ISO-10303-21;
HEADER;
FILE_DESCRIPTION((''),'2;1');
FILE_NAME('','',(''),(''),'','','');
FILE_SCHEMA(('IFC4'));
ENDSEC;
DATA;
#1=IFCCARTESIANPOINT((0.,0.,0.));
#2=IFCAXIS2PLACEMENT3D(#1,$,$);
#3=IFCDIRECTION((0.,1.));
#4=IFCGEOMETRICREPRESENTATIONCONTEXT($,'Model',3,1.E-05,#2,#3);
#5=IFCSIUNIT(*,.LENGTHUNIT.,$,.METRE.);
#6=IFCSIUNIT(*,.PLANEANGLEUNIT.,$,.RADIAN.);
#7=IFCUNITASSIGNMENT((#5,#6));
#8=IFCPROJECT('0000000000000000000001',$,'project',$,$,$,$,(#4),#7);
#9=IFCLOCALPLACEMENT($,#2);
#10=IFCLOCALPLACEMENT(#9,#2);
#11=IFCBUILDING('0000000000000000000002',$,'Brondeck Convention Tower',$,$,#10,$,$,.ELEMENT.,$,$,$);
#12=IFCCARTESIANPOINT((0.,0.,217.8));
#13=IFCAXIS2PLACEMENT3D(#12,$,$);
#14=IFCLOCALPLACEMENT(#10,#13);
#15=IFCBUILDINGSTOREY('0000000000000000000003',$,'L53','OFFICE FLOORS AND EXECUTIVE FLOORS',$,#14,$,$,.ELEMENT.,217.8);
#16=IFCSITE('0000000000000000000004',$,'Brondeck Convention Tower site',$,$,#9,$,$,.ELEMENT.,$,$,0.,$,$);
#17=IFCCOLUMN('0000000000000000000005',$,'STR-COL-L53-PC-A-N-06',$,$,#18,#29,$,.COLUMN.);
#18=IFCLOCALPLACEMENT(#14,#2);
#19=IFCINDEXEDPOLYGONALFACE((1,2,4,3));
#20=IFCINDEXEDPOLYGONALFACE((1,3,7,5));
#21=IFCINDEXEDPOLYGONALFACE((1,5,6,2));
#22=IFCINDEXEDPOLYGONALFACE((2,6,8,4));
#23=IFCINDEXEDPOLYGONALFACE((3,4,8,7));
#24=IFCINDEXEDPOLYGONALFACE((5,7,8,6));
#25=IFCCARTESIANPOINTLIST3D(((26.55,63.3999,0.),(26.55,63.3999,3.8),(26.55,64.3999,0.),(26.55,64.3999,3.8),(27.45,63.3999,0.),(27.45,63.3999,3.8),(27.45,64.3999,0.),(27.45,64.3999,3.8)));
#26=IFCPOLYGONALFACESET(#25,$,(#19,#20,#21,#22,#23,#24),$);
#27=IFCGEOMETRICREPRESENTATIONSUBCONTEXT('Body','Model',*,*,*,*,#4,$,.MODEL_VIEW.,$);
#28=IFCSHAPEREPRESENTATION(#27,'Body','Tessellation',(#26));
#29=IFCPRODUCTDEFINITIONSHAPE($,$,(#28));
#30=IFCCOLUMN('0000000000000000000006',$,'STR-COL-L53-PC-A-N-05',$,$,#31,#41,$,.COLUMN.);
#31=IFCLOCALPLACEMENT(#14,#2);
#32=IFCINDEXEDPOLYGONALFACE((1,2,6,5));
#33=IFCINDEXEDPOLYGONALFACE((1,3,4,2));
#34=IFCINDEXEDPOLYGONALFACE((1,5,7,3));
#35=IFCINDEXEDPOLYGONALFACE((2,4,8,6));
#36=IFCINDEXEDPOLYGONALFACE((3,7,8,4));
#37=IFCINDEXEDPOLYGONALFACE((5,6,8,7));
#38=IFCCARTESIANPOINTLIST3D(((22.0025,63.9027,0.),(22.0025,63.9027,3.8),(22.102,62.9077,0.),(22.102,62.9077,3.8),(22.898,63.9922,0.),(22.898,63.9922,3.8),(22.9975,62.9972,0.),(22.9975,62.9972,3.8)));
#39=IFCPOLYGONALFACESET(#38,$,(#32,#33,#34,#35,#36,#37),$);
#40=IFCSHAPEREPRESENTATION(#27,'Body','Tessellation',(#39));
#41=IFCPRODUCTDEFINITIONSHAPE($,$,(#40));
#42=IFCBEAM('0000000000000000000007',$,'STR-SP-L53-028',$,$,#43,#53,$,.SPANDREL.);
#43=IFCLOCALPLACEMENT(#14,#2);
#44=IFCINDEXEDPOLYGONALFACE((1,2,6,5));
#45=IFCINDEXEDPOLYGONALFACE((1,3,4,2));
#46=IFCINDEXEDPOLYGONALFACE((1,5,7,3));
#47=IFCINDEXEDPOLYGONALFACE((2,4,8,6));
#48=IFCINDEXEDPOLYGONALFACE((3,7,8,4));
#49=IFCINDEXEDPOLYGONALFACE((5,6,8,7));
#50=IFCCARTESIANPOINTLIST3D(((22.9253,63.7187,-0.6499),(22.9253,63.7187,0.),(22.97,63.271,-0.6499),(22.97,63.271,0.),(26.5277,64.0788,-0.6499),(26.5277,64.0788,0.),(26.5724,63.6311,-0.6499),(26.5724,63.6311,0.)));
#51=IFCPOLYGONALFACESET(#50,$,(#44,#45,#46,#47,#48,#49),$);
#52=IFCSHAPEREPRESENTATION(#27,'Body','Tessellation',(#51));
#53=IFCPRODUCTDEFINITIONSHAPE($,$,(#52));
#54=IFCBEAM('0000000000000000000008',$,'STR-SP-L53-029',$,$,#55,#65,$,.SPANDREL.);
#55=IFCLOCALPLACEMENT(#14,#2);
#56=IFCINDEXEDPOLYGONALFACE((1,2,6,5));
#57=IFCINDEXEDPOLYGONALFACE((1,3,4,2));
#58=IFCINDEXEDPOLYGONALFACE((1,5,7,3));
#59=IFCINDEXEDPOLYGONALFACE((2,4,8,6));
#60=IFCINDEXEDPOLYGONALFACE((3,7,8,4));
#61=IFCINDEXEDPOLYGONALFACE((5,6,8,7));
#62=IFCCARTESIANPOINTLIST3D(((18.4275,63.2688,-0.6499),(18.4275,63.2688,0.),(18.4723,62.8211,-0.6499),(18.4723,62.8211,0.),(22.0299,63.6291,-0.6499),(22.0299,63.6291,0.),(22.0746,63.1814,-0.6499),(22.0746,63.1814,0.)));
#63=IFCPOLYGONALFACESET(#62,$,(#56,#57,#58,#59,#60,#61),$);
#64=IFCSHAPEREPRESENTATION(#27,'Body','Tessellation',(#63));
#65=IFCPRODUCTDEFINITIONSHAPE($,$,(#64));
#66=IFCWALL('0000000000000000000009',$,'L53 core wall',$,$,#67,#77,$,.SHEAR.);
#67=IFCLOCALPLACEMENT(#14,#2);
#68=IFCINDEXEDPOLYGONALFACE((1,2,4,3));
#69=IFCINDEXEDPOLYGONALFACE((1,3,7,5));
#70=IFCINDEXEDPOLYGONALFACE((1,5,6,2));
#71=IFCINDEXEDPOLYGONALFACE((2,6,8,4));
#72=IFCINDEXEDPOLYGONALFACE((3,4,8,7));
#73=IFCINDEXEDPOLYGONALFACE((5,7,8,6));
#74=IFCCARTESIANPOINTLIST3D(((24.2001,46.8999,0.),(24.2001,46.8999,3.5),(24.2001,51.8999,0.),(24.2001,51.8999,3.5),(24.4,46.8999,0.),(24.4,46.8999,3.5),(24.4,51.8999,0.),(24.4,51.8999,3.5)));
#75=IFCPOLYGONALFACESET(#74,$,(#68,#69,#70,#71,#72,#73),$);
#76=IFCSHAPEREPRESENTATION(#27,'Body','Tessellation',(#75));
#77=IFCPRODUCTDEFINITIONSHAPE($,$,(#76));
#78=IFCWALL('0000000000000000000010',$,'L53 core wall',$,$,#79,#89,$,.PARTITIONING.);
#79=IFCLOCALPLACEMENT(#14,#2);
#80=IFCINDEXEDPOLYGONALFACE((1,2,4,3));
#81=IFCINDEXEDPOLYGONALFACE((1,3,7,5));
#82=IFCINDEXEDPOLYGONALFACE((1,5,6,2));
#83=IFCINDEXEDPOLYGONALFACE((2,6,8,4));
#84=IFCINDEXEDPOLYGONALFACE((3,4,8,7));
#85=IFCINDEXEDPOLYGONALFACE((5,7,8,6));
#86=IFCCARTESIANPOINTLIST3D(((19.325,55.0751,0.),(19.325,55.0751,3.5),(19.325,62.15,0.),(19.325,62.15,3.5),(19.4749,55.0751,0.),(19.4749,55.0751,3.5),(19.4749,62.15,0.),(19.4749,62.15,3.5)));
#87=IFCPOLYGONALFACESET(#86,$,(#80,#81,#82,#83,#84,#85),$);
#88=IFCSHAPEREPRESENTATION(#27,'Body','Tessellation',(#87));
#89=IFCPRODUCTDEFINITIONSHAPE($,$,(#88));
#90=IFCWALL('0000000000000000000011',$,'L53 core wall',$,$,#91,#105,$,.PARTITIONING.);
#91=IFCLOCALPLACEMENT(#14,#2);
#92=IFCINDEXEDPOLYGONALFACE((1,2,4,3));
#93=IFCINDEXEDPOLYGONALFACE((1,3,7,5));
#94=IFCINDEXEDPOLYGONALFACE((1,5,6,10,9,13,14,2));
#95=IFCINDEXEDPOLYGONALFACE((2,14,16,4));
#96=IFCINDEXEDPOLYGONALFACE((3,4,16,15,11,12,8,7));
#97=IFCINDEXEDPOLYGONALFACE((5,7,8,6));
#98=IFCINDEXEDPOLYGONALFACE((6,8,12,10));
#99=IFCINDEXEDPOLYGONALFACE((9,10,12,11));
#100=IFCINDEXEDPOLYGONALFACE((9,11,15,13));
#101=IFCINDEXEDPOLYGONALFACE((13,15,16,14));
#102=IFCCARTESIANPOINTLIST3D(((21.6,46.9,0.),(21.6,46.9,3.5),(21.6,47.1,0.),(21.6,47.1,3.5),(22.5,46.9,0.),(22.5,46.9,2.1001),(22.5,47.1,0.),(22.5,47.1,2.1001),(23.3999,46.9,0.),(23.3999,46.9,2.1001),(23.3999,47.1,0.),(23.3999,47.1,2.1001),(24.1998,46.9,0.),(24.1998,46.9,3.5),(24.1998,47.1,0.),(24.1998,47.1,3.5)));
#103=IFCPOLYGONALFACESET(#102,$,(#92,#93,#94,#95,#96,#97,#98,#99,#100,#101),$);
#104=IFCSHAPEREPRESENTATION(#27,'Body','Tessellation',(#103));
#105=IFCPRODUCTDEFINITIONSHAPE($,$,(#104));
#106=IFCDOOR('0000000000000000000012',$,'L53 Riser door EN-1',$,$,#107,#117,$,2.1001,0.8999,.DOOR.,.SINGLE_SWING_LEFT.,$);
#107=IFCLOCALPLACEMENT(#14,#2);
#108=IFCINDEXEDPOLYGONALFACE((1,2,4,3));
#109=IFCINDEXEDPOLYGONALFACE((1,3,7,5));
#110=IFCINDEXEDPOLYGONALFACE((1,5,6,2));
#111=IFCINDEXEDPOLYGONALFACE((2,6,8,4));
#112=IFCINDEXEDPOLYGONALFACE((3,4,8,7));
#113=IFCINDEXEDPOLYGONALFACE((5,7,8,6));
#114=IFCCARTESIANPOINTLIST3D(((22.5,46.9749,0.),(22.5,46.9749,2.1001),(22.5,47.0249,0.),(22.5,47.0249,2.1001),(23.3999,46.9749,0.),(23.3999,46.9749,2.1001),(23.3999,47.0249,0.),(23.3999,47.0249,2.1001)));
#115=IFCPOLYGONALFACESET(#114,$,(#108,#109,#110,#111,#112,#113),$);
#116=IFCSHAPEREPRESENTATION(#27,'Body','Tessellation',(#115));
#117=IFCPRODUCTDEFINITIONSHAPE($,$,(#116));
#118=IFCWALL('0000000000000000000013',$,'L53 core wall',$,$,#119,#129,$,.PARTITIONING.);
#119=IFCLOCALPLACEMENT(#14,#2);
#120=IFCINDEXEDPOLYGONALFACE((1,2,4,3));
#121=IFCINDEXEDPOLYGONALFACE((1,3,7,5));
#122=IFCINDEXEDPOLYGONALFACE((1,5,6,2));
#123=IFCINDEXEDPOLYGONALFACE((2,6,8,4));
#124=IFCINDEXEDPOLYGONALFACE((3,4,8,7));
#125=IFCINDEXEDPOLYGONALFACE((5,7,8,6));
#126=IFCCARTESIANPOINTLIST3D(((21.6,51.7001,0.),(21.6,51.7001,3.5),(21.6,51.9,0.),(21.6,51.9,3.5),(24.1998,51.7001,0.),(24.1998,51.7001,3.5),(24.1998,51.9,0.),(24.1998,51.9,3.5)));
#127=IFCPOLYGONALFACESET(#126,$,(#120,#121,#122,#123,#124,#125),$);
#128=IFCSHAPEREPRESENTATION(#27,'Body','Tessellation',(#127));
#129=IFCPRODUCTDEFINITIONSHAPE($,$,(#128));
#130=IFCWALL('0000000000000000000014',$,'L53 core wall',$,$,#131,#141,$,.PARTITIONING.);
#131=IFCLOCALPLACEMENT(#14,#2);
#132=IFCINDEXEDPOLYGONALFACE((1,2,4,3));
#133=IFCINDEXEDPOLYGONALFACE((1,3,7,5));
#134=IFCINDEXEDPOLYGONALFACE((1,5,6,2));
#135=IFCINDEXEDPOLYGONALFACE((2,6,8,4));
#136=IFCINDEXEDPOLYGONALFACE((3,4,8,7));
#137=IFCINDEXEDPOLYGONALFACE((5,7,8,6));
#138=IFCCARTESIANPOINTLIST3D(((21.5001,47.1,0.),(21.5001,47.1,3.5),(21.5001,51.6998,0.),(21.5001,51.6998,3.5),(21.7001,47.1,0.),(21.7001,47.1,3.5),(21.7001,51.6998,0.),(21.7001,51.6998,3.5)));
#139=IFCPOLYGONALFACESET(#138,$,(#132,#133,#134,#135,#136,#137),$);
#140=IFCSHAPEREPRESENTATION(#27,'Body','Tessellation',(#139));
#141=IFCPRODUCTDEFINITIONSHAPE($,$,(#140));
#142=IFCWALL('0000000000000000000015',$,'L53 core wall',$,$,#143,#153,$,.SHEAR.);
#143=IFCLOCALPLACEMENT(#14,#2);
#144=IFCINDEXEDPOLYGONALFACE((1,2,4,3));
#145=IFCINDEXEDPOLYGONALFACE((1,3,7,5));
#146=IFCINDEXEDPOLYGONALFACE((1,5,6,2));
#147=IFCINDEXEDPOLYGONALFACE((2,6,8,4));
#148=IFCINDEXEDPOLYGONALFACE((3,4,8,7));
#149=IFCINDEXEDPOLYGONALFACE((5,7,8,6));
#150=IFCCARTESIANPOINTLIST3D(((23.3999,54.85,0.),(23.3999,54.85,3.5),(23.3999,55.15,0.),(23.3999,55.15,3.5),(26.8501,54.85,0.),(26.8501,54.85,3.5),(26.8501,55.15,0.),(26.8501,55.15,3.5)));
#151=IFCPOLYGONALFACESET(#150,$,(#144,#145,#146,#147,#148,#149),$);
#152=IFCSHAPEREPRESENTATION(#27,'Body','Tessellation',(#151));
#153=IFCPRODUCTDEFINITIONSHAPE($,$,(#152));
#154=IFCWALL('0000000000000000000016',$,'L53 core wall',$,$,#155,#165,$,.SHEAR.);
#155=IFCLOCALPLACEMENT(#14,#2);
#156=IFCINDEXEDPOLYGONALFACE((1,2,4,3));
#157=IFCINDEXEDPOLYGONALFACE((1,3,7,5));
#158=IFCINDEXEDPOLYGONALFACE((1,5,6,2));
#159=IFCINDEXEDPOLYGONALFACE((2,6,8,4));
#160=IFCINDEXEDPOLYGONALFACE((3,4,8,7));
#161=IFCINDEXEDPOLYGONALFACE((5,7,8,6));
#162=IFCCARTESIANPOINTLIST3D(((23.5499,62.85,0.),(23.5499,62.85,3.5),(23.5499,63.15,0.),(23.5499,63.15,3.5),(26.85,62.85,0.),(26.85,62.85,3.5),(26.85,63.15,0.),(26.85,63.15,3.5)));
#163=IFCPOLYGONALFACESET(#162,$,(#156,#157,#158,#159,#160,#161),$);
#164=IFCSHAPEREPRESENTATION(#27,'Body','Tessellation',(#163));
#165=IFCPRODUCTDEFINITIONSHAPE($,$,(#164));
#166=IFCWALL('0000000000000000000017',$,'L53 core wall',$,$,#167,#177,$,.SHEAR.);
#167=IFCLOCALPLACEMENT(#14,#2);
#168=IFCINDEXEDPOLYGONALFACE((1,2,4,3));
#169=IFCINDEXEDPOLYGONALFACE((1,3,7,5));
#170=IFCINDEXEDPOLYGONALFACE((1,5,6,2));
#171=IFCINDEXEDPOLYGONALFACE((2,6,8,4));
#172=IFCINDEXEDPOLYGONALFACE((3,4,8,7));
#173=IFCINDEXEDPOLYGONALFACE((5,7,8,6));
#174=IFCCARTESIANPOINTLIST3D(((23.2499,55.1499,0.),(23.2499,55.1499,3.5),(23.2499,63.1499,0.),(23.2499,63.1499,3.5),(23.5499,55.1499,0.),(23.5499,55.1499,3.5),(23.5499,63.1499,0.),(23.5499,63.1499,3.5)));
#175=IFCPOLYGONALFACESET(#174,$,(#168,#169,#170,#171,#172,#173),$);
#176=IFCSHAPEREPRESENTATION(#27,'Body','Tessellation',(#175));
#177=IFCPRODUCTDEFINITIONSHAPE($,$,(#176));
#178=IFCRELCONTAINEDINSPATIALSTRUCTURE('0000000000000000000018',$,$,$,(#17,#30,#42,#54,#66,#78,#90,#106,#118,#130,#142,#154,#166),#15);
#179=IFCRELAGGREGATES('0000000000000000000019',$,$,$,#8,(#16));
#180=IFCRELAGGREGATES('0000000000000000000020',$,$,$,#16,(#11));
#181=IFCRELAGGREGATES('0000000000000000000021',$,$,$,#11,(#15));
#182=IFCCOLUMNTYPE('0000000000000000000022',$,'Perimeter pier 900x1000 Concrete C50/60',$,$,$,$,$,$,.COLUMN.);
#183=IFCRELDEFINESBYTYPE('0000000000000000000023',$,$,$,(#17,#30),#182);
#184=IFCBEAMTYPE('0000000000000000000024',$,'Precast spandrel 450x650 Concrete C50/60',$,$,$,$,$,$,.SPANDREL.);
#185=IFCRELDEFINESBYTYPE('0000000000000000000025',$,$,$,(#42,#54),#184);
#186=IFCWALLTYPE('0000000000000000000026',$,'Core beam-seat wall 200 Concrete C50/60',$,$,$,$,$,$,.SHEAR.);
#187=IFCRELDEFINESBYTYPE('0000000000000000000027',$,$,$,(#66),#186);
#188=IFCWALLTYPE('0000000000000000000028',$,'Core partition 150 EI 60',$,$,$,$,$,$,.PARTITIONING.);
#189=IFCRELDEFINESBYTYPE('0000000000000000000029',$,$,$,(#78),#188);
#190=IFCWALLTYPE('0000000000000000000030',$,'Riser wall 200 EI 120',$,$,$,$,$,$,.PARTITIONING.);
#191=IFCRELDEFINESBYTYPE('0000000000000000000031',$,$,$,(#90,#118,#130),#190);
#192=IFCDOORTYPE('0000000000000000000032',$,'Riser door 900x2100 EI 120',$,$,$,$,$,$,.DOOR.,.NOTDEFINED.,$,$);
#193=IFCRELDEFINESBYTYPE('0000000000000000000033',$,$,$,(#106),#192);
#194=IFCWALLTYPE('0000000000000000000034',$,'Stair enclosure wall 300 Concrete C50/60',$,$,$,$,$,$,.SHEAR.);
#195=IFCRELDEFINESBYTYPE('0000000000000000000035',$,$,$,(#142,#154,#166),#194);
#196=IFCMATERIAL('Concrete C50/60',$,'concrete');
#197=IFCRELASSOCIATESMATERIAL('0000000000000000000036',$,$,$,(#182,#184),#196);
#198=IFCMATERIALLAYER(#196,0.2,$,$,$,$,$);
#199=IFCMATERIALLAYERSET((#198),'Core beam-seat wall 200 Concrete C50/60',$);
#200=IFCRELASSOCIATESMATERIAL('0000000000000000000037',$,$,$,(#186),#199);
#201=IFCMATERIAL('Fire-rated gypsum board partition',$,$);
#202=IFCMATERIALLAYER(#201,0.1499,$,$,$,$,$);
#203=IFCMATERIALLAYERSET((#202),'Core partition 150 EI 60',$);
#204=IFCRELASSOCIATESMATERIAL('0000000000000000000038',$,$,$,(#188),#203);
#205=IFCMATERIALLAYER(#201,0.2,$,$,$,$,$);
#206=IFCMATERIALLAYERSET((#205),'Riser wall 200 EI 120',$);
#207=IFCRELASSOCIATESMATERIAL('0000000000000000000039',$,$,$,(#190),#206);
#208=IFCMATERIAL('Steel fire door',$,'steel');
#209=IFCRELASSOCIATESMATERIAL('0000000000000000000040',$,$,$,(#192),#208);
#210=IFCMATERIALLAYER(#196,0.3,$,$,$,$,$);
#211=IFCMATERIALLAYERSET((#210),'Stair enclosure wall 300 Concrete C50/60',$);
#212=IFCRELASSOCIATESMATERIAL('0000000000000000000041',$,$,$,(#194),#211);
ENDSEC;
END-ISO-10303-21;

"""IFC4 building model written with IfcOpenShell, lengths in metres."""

from ifc_helpers import new_model, si_unit, direction, frame, frame_2d, origin, origin_2d, place, context, subcontext, project, spatial, rectangle, extrude, material, layer, layer_set, material_profile, profile_set, type_object, element, fill, save


model = new_model("IFC4")

# Units and contexts
model_context = context("Model", 3, precision=1e-05, world=origin(), true_north=direction((0.0, 1.0)))
body_context = subcontext(model_context, "Body", "Model", "MODEL_VIEW")
ifc_project = project(units=[si_unit("LENGTHUNIT", "METRE"), si_unit("PLANEANGLEUNIT", "RADIAN")], contexts=[model_context])

# Site, building, storey
site_placement = place(None, origin())
site = spatial("IfcSite", under=ifc_project, at=site_placement, Name="Brondeck Convention Tower site", CompositionType="ELEMENT", RefElevation=0.0)
building_placement = place(site_placement, origin())
building = spatial("IfcBuilding", under=site, at=building_placement, Name="Brondeck Convention Tower", CompositionType="ELEMENT")
storey_placement = place(building_placement, frame((0.0, 0.0, 217.8)))
storey = spatial("IfcBuildingStorey", under=building, at=storey_placement, Name="L53", Description="OFFICE FLOORS AND EXECUTIVE FLOORS", CompositionType="ELEMENT", Elevation=217.8)

# Columns
ifc_material_1 = material(Name="Concrete C50/60", Category="concrete")
ifc_material_profile_1 = material_profile(ifc_material_1, rectangle(XDim=0.8999, YDim=1.0, at=origin_2d()), Name="Perimeter pier 900x1000 Concrete C50/60")
ifc_profile_set_1 = profile_set([ifc_material_profile_1], Name="Concrete C50/60")
column_type = type_object("IfcColumnType", Name="Perimeter pier 900x1000 Concrete C50/60", PredefinedType="COLUMN", material=ifc_profile_set_1)
for number, where, z_axis, x_axis, name in (
    (1, (27.0, 63.8999, 0.0), (0.0, 0.0, 1.0), (-1.0, 0.0, 0.0), "STR-COL-L53-PC-A-N-06"),
    (2, (22.5, 63.45, 0.0), (0.0, 0.0, 1.0), (-0.995037, -0.099504, 0.0), "STR-COL-L53-PC-A-N-05"),
):
    element("IfcColumn", number, at=place(storey_placement, frame(where, z_axis=z_axis, x_axis=x_axis)), inside=storey, type_object=column_type, Name=name, PredefinedType="COLUMN", context=body_context, shape_type="SweptSolid", body=[
        extrude(rectangle(XDim=0.8999, YDim=1.0, at=origin_2d()), origin(), (0.0, 0.0, 1.0), 3.8),
    ])

# Beams
ifc_material_profile_2 = material_profile(ifc_material_1, rectangle(XDim=0.45, YDim=0.6499, at=origin_2d()), Name="Precast spandrel 450x650 Concrete C50/60")
ifc_profile_set_2 = profile_set([ifc_material_profile_2], Name="Concrete C50/60")
beam_type = type_object("IfcBeamType", Name="Precast spandrel 450x650 Concrete C50/60", PredefinedType="SPANDREL", material=ifc_profile_set_2)
for number, where, z_axis, x_axis, name in (
    (3, (26.55, 63.855, -0.325), (-0.995041, -0.09947, 0.0), (0.09947, -0.995041, 0.0), "STR-SP-L53-028"),
    (4, (22.0522, 63.4053, -0.325), (-0.995034, -0.099537, 0.0), (0.099537, -0.995034, 0.0), "STR-SP-L53-029"),
):
    element("IfcBeam", number, at=place(storey_placement, frame(where, z_axis=z_axis, x_axis=x_axis)), inside=storey, type_object=beam_type, Name=name, PredefinedType="SPANDREL", context=body_context, shape_type="SweptSolid", body=[
        extrude(rectangle(XDim=0.45, YDim=0.6499, at=origin_2d()), origin(), (0.0, 0.0, 1.0), 3.6204),
    ])

# Walls
ifc_layer_1 = layer(ifc_material_1, 0.2)
ifc_layer_set_1 = layer_set([ifc_layer_1], Name="Core beam-seat wall 200 Concrete C50/60")
wall_type_1 = type_object("IfcWallType", Name="Core beam-seat wall 200 Concrete C50/60", PredefinedType="SHEAR", material=ifc_layer_set_1)
wall_1_placement = place(storey_placement, frame((24.3, 46.8999, 0.0), z_axis=(0.0, 0.0, 1.0), x_axis=(0.0, 1.0, 0.0)))
element("IfcWall", 5, at=wall_1_placement, inside=storey, type_object=wall_type_1, Name="L53 core wall", PredefinedType="SHEAR", context=body_context, shape_type="SweptSolid", body=[
    extrude(rectangle(XDim=5.0, YDim=0.2, at=frame_2d((2.5, 0.0))), origin(), (0.0, 0.0, 1.0), 3.5),
])
ifc_material_2 = material(Name="Fire-rated gypsum board partition")
ifc_layer_2 = layer(ifc_material_2, 0.1499)
ifc_layer_set_2 = layer_set([ifc_layer_2], Name="Core partition 150 EI 60")
wall_type_2 = type_object("IfcWallType", Name="Core partition 150 EI 60", PredefinedType="PARTITIONING", material=ifc_layer_set_2)
wall_2_placement = place(storey_placement, frame((19.3999, 55.075, 0.0), z_axis=(0.0, 0.0, 1.0), x_axis=(0.0, 1.0, 0.0)))
element("IfcWall", 6, at=wall_2_placement, inside=storey, type_object=wall_type_2, Name="L53 core wall", PredefinedType="PARTITIONING", context=body_context, shape_type="SweptSolid", body=[
    extrude(rectangle(XDim=7.075, YDim=0.1499, at=frame_2d((3.5376, 0.0))), origin(), (0.0, 0.0, 1.0), 3.5),
])

# Wall, opening, door
ifc_layer_3 = layer(ifc_material_2, 0.2)
ifc_layer_set_3 = layer_set([ifc_layer_3], Name="Riser wall 200 EI 120")
wall_type_3 = type_object("IfcWallType", Name="Riser wall 200 EI 120", PredefinedType="PARTITIONING", material=ifc_layer_set_3)
wall_3_placement = place(storey_placement, frame((21.6001, 47.0, 0.0), z_axis=(0.0, 0.0, 1.0), x_axis=(1.0, 0.0, 0.0)))
wall_3 = element("IfcWall", 7, at=wall_3_placement, inside=storey, type_object=wall_type_3, Name="L53 core wall", PredefinedType="PARTITIONING", context=body_context, shape_type="SweptSolid", body=[
    extrude(rectangle(XDim=2.5999, YDim=0.2, at=frame_2d((1.2998, 0.0))), origin(), (0.0, 0.0, 1.0), 3.5),
])
opening_1_placement = place(wall_3_placement, frame((0.8999, 0.0, 0.0)))
opening_1 = element("IfcOpeningElement", 8, at=opening_1_placement, cuts=wall_3, PredefinedType="OPENING", context=body_context, shape_type="SweptSolid", body=[
    extrude(rectangle(XDim=0.8999, YDim=2.1001, at=frame_2d((0.45, 1.05))), frame((0.0, 0.1099, 0.0), z_axis=(0.0, -1.0, 0.0), x_axis=(1.0, 0.0, 0.0)), (0.0, 0.0, 1.0), 0.22),
])
ifc_material_3 = material(Name="Steel fire door", Category="steel")
door_type_1 = type_object("IfcDoorType", Name="Riser door 900x2100 EI 120", OperationType="NOTDEFINED", PredefinedType="DOOR", material=ifc_material_3)
door_1_placement = place(opening_1_placement, origin())
door_1 = element("IfcDoor", 9, at=door_1_placement, inside=storey, type_object=door_type_1, Name="L53 Riser door EN-1", OperationType="SINGLE_SWING_LEFT", OverallHeight=2.1001, OverallWidth=0.8999, PredefinedType="DOOR", context=body_context, shape_type="SweptSolid", body=[
    extrude(rectangle(XDim=0.8999, YDim=2.1001, at=frame_2d((0.45, 1.05))), frame((0.0, 0.0249, 0.0), z_axis=(0.0, -1.0, 0.0), x_axis=(1.0, 0.0, 0.0)), (0.0, 0.0, 1.0), 0.05),
])
fill(opening_1, door_1)

# Walls
wall_4_placement = place(storey_placement, frame((21.6001, 51.8, 0.0), z_axis=(0.0, 0.0, 1.0), x_axis=(1.0, 0.0, 0.0)))
element("IfcWall", 10, at=wall_4_placement, inside=storey, type_object=wall_type_3, Name="L53 core wall", PredefinedType="PARTITIONING", context=body_context, shape_type="SweptSolid", body=[
    extrude(rectangle(XDim=2.5999, YDim=0.2, at=frame_2d((1.2998, 0.0))), origin(), (0.0, 0.0, 1.0), 3.5),
])
wall_5_placement = place(storey_placement, frame((21.6001, 47.1001, 0.0), z_axis=(0.0, 0.0, 1.0), x_axis=(0.0, 1.0, 0.0)))
element("IfcWall", 11, at=wall_5_placement, inside=storey, type_object=wall_type_3, Name="L53 core wall", PredefinedType="PARTITIONING", context=body_context, shape_type="SweptSolid", body=[
    extrude(rectangle(XDim=4.5999, YDim=0.2, at=frame_2d((2.2998, 0.0))), origin(), (0.0, 0.0, 1.0), 3.5),
])
ifc_layer_4 = layer(ifc_material_1, 0.3)
ifc_layer_set_4 = layer_set([ifc_layer_4], Name="Stair enclosure wall 300 Concrete C50/60")
wall_type_4 = type_object("IfcWallType", Name="Stair enclosure wall 300 Concrete C50/60", PredefinedType="SHEAR", material=ifc_layer_set_4)
wall_6_placement = place(storey_placement, frame((23.3999, 55.0, 0.0), z_axis=(0.0, 0.0, 1.0), x_axis=(1.0, 0.0, 0.0)))
element("IfcWall", 12, at=wall_6_placement, inside=storey, type_object=wall_type_4, Name="L53 core wall", PredefinedType="SHEAR", context=body_context, shape_type="SweptSolid", body=[
    extrude(rectangle(XDim=3.4502, YDim=0.3, at=frame_2d((1.7251, 0.0))), origin(), (0.0, 0.0, 1.0), 3.5),
])
wall_7_placement = place(storey_placement, frame((23.55, 63.0, 0.0), z_axis=(0.0, 0.0, 1.0), x_axis=(1.0, 0.0, 0.0)))
element("IfcWall", 13, at=wall_7_placement, inside=storey, type_object=wall_type_4, Name="L53 core wall", PredefinedType="SHEAR", context=body_context, shape_type="SweptSolid", body=[
    extrude(rectangle(XDim=3.3, YDim=0.3, at=frame_2d((1.6499, 0.0))), origin(), (0.0, 0.0, 1.0), 3.5),
])
wall_8_placement = place(storey_placement, frame((23.3999, 55.1499, 0.0), z_axis=(0.0, 0.0, 1.0), x_axis=(0.0, 1.0, 0.0)))
element("IfcWall", 14, at=wall_8_placement, inside=storey, type_object=wall_type_4, Name="L53 core wall", PredefinedType="SHEAR", context=body_context, shape_type="SweptSolid", body=[
    extrude(rectangle(XDim=8.0, YDim=0.3, at=frame_2d((4.0, 0.0))), origin(), (0.0, 0.0, 1.0), 3.5),
])

save(model, "model.ifc")
